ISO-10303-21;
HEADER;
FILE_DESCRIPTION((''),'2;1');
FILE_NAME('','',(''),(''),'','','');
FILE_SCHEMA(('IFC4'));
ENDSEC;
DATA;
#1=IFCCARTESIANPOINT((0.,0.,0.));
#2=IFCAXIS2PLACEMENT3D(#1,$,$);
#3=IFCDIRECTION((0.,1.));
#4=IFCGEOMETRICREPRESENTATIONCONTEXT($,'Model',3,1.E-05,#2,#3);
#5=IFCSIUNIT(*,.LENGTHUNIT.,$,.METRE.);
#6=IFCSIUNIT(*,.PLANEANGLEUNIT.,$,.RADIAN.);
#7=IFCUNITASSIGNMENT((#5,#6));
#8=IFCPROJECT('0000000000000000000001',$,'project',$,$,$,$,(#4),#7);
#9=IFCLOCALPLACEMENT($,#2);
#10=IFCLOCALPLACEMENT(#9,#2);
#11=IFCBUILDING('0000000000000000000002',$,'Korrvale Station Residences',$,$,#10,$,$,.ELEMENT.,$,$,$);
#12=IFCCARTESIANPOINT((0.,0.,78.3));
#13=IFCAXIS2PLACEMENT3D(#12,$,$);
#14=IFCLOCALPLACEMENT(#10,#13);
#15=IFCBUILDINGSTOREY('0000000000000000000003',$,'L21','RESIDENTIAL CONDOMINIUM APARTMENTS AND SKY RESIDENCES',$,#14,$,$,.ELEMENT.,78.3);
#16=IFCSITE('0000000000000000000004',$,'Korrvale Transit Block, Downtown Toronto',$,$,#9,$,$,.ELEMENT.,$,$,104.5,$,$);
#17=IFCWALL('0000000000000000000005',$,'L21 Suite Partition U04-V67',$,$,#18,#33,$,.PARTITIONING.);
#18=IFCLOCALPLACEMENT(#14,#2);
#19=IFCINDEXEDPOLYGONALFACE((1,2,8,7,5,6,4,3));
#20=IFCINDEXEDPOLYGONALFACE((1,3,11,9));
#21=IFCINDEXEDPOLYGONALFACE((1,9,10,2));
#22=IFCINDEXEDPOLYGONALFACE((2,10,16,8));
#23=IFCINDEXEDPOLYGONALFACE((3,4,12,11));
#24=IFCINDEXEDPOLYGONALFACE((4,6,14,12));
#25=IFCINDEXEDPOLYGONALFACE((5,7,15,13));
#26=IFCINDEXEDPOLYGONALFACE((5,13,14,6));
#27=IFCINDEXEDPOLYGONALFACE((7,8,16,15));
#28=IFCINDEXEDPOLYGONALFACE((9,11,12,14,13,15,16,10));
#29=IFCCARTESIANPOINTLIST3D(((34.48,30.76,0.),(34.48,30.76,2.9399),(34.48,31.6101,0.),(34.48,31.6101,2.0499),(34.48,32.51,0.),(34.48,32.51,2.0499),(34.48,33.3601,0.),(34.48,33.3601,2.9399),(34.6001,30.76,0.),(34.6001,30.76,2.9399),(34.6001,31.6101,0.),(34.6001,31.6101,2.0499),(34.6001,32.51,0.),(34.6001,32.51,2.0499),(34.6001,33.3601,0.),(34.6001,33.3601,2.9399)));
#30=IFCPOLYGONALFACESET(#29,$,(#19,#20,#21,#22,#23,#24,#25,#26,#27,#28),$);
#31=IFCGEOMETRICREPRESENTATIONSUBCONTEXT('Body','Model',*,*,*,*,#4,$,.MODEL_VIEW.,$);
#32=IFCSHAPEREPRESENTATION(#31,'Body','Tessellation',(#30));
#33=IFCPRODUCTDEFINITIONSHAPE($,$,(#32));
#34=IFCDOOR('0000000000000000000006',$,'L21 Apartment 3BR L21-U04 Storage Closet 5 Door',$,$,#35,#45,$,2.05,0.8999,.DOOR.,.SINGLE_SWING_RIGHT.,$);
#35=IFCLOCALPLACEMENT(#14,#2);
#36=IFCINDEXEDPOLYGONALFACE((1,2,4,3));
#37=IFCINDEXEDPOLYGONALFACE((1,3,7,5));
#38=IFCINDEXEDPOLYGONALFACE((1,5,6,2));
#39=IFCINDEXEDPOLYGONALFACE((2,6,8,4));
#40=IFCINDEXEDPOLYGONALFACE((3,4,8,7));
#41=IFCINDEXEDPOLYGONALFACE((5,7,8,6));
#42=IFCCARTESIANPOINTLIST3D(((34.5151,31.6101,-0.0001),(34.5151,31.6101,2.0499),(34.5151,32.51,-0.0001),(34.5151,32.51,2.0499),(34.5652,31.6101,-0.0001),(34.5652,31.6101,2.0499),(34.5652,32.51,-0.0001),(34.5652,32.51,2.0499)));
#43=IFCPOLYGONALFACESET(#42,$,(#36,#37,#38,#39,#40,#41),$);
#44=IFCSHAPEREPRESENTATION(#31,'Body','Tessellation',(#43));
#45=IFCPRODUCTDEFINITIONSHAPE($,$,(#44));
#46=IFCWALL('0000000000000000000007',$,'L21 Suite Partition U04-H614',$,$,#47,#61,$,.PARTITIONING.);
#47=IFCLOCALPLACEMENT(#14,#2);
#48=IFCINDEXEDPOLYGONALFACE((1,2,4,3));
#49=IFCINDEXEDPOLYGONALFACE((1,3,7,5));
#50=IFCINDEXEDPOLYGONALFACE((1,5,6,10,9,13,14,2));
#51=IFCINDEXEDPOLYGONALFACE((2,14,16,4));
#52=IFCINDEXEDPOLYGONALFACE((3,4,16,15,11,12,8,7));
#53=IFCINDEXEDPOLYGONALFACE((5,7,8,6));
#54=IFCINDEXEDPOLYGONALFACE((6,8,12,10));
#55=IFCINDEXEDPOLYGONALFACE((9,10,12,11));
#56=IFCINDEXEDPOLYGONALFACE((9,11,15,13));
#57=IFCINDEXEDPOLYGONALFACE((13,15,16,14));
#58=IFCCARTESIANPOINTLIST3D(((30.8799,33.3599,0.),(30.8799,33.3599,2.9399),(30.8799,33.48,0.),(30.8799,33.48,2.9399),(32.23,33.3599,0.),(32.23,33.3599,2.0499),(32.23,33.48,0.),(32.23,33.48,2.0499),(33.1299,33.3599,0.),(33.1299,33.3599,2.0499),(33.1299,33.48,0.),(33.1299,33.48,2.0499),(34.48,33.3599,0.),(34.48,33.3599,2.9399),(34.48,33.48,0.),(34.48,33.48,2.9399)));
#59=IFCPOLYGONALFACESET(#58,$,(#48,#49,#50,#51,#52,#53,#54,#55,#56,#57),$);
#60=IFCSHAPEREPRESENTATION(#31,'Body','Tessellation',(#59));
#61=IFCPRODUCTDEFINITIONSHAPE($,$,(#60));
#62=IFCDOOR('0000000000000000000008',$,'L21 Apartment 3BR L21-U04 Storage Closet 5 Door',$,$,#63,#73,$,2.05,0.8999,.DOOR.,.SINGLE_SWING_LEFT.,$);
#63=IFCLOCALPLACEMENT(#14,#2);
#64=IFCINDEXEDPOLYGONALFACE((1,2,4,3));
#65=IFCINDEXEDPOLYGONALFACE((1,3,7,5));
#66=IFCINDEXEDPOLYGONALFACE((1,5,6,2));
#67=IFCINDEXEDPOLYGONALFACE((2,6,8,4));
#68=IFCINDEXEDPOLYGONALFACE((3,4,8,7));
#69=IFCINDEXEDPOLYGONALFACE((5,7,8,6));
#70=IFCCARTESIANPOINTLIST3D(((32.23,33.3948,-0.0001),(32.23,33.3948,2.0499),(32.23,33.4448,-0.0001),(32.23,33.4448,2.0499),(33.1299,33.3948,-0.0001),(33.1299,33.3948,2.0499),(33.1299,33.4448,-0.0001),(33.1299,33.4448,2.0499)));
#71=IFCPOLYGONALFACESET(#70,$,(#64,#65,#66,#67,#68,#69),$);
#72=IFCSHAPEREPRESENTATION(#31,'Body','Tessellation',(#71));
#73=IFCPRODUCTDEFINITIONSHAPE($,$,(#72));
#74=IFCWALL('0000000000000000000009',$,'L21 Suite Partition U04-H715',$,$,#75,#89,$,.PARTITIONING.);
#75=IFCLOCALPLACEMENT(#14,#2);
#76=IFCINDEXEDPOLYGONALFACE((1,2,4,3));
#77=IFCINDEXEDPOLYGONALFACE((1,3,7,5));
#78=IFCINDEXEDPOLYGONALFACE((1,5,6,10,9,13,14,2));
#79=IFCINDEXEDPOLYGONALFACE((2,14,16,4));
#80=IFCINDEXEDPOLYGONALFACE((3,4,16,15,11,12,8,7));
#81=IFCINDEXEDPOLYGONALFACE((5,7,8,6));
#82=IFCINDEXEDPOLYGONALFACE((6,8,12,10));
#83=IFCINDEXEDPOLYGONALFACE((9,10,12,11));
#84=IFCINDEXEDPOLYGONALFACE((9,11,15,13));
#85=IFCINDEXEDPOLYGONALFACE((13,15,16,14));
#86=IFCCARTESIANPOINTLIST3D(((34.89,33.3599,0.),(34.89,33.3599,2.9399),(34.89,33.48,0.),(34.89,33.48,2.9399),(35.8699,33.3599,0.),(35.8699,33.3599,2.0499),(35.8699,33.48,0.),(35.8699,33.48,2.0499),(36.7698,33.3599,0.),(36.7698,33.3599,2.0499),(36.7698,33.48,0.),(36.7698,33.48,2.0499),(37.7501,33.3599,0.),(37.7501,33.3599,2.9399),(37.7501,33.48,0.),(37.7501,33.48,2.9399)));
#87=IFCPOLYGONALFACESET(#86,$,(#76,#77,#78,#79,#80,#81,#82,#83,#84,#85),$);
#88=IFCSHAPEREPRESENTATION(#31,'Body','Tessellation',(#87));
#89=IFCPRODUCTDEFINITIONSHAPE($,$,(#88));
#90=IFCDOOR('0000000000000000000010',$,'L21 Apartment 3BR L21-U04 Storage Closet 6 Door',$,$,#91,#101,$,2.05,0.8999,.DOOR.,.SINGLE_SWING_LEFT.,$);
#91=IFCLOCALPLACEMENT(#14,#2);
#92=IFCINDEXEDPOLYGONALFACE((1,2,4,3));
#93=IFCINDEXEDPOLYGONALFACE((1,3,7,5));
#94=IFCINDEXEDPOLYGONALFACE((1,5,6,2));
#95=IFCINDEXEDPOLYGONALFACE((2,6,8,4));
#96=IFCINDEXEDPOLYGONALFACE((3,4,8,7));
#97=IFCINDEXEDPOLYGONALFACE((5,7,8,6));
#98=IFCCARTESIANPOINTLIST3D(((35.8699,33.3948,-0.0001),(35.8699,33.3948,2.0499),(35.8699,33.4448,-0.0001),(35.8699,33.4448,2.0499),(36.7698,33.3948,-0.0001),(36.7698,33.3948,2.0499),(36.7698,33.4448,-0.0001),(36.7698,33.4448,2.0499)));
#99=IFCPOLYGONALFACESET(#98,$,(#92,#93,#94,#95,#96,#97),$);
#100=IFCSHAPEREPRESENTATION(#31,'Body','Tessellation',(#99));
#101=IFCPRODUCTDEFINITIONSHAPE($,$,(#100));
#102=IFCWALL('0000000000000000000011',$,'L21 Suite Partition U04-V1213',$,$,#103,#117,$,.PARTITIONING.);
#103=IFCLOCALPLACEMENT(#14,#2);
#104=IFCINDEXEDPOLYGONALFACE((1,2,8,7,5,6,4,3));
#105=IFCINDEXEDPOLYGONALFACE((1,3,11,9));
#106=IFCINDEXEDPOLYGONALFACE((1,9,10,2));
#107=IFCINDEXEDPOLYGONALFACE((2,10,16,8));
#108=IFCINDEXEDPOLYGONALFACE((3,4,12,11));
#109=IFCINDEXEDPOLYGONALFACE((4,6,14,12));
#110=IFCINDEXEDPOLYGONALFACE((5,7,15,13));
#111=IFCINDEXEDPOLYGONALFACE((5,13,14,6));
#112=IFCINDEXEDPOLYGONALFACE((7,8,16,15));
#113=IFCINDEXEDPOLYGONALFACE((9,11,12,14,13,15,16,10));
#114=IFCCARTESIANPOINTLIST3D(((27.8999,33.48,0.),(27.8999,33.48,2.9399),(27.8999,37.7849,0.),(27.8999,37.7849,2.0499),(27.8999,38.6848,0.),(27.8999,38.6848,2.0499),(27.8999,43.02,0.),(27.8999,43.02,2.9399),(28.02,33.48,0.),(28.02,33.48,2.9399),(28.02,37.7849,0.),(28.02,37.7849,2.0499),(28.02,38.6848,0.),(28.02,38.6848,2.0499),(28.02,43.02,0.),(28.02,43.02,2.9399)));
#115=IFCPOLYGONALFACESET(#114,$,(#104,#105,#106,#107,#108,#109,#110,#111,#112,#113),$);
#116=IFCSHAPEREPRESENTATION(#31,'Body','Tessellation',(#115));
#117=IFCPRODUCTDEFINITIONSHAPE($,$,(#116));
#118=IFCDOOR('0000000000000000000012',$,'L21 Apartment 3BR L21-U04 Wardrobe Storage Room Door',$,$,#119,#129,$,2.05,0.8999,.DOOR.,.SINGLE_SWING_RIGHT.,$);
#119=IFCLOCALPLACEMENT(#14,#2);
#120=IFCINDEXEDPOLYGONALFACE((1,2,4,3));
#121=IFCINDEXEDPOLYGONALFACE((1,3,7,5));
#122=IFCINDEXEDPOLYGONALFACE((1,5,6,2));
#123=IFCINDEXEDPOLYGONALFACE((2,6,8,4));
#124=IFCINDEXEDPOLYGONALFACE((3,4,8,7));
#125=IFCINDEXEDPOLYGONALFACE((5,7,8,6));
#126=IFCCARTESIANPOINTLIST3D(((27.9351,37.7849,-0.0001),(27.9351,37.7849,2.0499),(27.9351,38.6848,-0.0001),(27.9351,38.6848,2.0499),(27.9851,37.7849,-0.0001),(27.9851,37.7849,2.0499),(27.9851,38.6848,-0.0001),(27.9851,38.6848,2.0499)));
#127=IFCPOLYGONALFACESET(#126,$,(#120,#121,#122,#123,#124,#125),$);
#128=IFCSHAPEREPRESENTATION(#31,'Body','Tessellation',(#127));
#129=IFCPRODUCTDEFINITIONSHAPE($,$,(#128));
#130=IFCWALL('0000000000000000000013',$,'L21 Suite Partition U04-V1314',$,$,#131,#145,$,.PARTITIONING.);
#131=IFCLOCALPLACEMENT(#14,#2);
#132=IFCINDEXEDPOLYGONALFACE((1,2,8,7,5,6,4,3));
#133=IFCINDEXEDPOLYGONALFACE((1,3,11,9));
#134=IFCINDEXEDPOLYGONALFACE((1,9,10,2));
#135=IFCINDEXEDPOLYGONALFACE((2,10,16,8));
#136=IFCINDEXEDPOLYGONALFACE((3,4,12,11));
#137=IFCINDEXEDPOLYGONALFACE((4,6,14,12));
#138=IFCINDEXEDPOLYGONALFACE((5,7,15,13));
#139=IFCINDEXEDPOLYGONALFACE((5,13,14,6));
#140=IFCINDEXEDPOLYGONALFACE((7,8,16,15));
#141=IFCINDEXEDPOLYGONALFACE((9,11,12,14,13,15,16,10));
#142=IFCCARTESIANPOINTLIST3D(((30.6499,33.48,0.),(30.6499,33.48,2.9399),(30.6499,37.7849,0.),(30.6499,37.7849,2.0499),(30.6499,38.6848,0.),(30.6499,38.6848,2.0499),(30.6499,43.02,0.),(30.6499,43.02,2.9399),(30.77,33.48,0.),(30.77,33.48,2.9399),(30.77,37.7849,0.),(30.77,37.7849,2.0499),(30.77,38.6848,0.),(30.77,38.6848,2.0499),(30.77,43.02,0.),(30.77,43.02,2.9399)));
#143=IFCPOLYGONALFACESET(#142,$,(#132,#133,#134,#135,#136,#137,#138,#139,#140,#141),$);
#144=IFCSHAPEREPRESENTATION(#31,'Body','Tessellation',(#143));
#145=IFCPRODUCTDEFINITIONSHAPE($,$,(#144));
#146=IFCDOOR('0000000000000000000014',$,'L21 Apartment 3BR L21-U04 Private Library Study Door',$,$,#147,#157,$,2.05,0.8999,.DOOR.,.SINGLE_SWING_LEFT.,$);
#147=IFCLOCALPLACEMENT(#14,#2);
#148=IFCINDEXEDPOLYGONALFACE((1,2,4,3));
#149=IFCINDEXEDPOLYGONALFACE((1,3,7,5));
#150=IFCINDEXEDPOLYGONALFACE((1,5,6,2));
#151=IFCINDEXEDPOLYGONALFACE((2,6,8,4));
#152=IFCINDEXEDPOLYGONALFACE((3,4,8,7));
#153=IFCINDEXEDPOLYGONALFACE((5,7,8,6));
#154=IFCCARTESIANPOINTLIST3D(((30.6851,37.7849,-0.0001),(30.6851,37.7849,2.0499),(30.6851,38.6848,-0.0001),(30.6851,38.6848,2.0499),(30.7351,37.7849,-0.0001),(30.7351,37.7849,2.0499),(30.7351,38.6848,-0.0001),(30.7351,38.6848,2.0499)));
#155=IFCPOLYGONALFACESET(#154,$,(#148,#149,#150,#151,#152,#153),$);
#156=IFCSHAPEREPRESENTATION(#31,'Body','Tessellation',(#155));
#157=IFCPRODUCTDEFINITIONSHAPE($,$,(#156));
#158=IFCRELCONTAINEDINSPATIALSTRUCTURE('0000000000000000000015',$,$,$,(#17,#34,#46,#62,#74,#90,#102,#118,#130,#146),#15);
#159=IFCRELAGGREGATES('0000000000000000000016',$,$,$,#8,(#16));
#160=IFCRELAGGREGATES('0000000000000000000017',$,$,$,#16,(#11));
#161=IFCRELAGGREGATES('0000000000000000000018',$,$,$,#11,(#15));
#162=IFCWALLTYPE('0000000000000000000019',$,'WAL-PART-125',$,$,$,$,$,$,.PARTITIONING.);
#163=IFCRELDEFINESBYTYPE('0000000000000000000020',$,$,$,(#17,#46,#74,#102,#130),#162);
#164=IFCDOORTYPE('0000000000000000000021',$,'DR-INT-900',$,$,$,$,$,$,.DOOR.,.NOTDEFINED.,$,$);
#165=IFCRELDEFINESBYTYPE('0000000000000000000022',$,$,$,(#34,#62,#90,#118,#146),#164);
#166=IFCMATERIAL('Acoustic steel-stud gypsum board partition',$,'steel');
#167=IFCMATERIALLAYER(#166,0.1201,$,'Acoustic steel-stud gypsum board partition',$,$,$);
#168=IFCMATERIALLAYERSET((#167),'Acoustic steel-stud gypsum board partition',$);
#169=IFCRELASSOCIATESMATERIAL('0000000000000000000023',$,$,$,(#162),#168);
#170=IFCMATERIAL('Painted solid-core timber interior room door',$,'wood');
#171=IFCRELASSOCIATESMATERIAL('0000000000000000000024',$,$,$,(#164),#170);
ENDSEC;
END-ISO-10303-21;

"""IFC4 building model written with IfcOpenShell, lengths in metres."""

from ifc_helpers import new_model, si_unit, direction, frame, frame_2d, origin, place, context, subcontext, project, spatial, rectangle, extrude, material, layer, layer_set, type_object, element, fill, save


model = new_model("IFC4")

# Units and contexts
model_context = context("Model", 3, precision=1e-05, world=origin(), true_north=direction((0.0, 1.0)))
body_context = subcontext(model_context, "Body", "Model", "MODEL_VIEW")
ifc_project = project(units=[si_unit("LENGTHUNIT", "METRE"), si_unit("PLANEANGLEUNIT", "RADIAN")], contexts=[model_context])

# Site, building, storey
site_placement = place(None, origin())
site = spatial("IfcSite", under=ifc_project, at=site_placement, Name="Korrvale Transit Block, Downtown Toronto", CompositionType="ELEMENT", RefElevation=104.5)
building_placement = place(site_placement, origin())
building = spatial("IfcBuilding", under=site, at=building_placement, Name="Korrvale Station Residences", CompositionType="ELEMENT")
storey_placement = place(building_placement, frame((0.0, 0.0, 78.3)))
storey = spatial("IfcBuildingStorey", under=building, at=storey_placement, Name="L21", Description="RESIDENTIAL CONDOMINIUM APARTMENTS AND SKY RESIDENCES", CompositionType="ELEMENT", Elevation=78.3)

# Walls, openings, doors
ifc_material_1 = material(Name="Acoustic steel-stud gypsum board partition", Category="steel")
ifc_layer_1 = layer(ifc_material_1, 0.1201, Name="Acoustic steel-stud gypsum board partition")
ifc_layer_set_1 = layer_set([ifc_layer_1], Name="Acoustic steel-stud gypsum board partition")
wall_type_1 = type_object("IfcWallType", Name="WAL-PART-125", PredefinedType="PARTITIONING", material=ifc_layer_set_1)
ifc_material_2 = material(Name="Painted solid-core timber interior room door", Category="wood")
door_type_1 = type_object("IfcDoorType", Name="DR-INT-900", OperationType="NOTDEFINED", PredefinedType="DOOR", material=ifc_material_2)
wall_1_placement = place(storey_placement, frame((34.54, 30.76, 0.0), z_axis=(0.0, 0.0, 1.0), x_axis=(0.0, 1.0, 0.0)))
wall_1 = element("IfcWall", 1, at=wall_1_placement, inside=storey, type_object=wall_type_1, Name="L21 Suite Partition U04-V67", PredefinedType="PARTITIONING", context=body_context, shape_type="SweptSolid", body=[
    extrude(rectangle(XDim=2.6001, YDim=0.1201, at=frame_2d((1.3, 0.0))), origin(), (0.0, 0.0, 1.0), 2.9399),
])
opening_1_placement = place(wall_1_placement, frame((0.8501, 0.0, 0.0)))
opening_1 = element("IfcOpeningElement", 2, at=opening_1_placement, cuts=wall_1, PredefinedType="OPENING", context=body_context, shape_type="SweptSolid", body=[
    extrude(rectangle(XDim=0.8999, YDim=2.05, at=frame_2d((0.45, 1.0249))), frame((0.0, 0.0701, 0.0), z_axis=(0.0, -1.0, 0.0), x_axis=(1.0, 0.0, 0.0)), (0.0, 0.0, 1.0), 0.1401),
])
door_1_placement = place(opening_1_placement, origin())
door_1 = element("IfcDoor", 3, at=door_1_placement, inside=storey, type_object=door_type_1, Name="L21 Apartment 3BR L21-U04 Storage Closet 5 Door", OperationType="SINGLE_SWING_RIGHT", OverallHeight=2.05, OverallWidth=0.8999, PredefinedType="DOOR", context=body_context, shape_type="SweptSolid", body=[
    extrude(rectangle(XDim=0.8999, YDim=2.05, at=frame_2d((0.45, 1.0249))), frame((0.0, 0.0249, 0.0), z_axis=(0.0, -1.0, 0.0), x_axis=(1.0, 0.0, 0.0)), (0.0, 0.0, 1.0), 0.05),
])
fill(opening_1, door_1)
wall_2_placement = place(storey_placement, frame((30.8799, 33.4199, 0.0), z_axis=(0.0, 0.0, 1.0), x_axis=(1.0, 0.0, 0.0)))
wall_2 = element("IfcWall", 4, at=wall_2_placement, inside=storey, type_object=wall_type_1, Name="L21 Suite Partition U04-H614", PredefinedType="PARTITIONING", context=body_context, shape_type="SweptSolid", body=[
    extrude(rectangle(XDim=3.6001, YDim=0.1201, at=frame_2d((1.8, 0.0))), origin(), (0.0, 0.0, 1.0), 2.9399),
])
opening_2_placement = place(wall_2_placement, frame((1.3501, 0.0, 0.0)))
opening_2 = element("IfcOpeningElement", 5, at=opening_2_placement, cuts=wall_2, PredefinedType="OPENING", context=body_context, shape_type="SweptSolid", body=[
    extrude(rectangle(XDim=0.8999, YDim=2.05, at=frame_2d((0.45, 1.0249))), frame((0.0, 0.0701, 0.0), z_axis=(0.0, -1.0, 0.0), x_axis=(1.0, 0.0, 0.0)), (0.0, 0.0, 1.0), 0.1401),
])
door_2_placement = place(opening_2_placement, origin())
door_2 = element("IfcDoor", 6, at=door_2_placement, inside=storey, type_object=door_type_1, Name="L21 Apartment 3BR L21-U04 Storage Closet 5 Door", OperationType="SINGLE_SWING_LEFT", OverallHeight=2.05, OverallWidth=0.8999, PredefinedType="DOOR", context=body_context, shape_type="SweptSolid", body=[
    extrude(rectangle(XDim=0.8999, YDim=2.05, at=frame_2d((0.45, 1.0249))), frame((0.0, 0.0249, 0.0), z_axis=(0.0, -1.0, 0.0), x_axis=(1.0, 0.0, 0.0)), (0.0, 0.0, 1.0), 0.05),
])
fill(opening_2, door_2)
wall_3_placement = place(storey_placement, frame((34.8899, 33.4199, 0.0), z_axis=(0.0, 0.0, 1.0), x_axis=(1.0, 0.0, 0.0)))
wall_3 = element("IfcWall", 7, at=wall_3_placement, inside=storey, type_object=wall_type_1, Name="L21 Suite Partition U04-H715", PredefinedType="PARTITIONING", context=body_context, shape_type="SweptSolid", body=[
    extrude(rectangle(XDim=2.8601, YDim=0.1201, at=frame_2d((1.4302, 0.0))), origin(), (0.0, 0.0, 1.0), 2.9399),
])
opening_3_placement = place(wall_3_placement, frame((0.98, 0.0, 0.0)))
opening_3 = element("IfcOpeningElement", 8, at=opening_3_placement, cuts=wall_3, PredefinedType="OPENING", context=body_context, shape_type="SweptSolid", body=[
    extrude(rectangle(XDim=0.8999, YDim=2.05, at=frame_2d((0.45, 1.0249))), frame((0.0, 0.0701, 0.0), z_axis=(0.0, -1.0, 0.0), x_axis=(1.0, 0.0, 0.0)), (0.0, 0.0, 1.0), 0.1401),
])
door_3_placement = place(opening_3_placement, origin())
door_3 = element("IfcDoor", 9, at=door_3_placement, inside=storey, type_object=door_type_1, Name="L21 Apartment 3BR L21-U04 Storage Closet 6 Door", OperationType="SINGLE_SWING_LEFT", OverallHeight=2.05, OverallWidth=0.8999, PredefinedType="DOOR", context=body_context, shape_type="SweptSolid", body=[
    extrude(rectangle(XDim=0.8999, YDim=2.05, at=frame_2d((0.45, 1.0249))), frame((0.0, 0.0249, 0.0), z_axis=(0.0, -1.0, 0.0), x_axis=(1.0, 0.0, 0.0)), (0.0, 0.0, 1.0), 0.05),
])
fill(opening_3, door_3)
wall_4_placement = place(storey_placement, frame((27.96, 33.48, 0.0), z_axis=(0.0, 0.0, 1.0), x_axis=(0.0, 1.0, 0.0)))
wall_4 = element("IfcWall", 10, at=wall_4_placement, inside=storey, type_object=wall_type_1, Name="L21 Suite Partition U04-V1213", PredefinedType="PARTITIONING", context=body_context, shape_type="SweptSolid", body=[
    extrude(rectangle(XDim=9.54, YDim=0.1201, at=frame_2d((4.77, 0.0))), origin(), (0.0, 0.0, 1.0), 2.9399),
])
opening_4_placement = place(wall_4_placement, frame((4.3049, 0.0, 0.0)))
opening_4 = element("IfcOpeningElement", 11, at=opening_4_placement, cuts=wall_4, PredefinedType="OPENING", context=body_context, shape_type="SweptSolid", body=[
    extrude(rectangle(XDim=0.8999, YDim=2.05, at=frame_2d((0.45, 1.0249))), frame((0.0, 0.0701, 0.0), z_axis=(0.0, -1.0, 0.0), x_axis=(1.0, 0.0, 0.0)), (0.0, 0.0, 1.0), 0.1401),
])
door_4_placement = place(opening_4_placement, origin())
door_4 = element("IfcDoor", 12, at=door_4_placement, inside=storey, type_object=door_type_1, Name="L21 Apartment 3BR L21-U04 Wardrobe Storage Room Door", OperationType="SINGLE_SWING_RIGHT", OverallHeight=2.05, OverallWidth=0.8999, PredefinedType="DOOR", context=body_context, shape_type="SweptSolid", body=[
    extrude(rectangle(XDim=0.8999, YDim=2.05, at=frame_2d((0.45, 1.0249))), frame((0.0, 0.0249, 0.0), z_axis=(0.0, -1.0, 0.0), x_axis=(1.0, 0.0, 0.0)), (0.0, 0.0, 1.0), 0.05),
])
fill(opening_4, door_4)
wall_5_placement = place(storey_placement, frame((30.71, 33.48, 0.0), z_axis=(0.0, 0.0, 1.0), x_axis=(0.0, 1.0, 0.0)))
wall_5 = element("IfcWall", 13, at=wall_5_placement, inside=storey, type_object=wall_type_1, Name="L21 Suite Partition U04-V1314", PredefinedType="PARTITIONING", context=body_context, shape_type="SweptSolid", body=[
    extrude(rectangle(XDim=9.54, YDim=0.1201, at=frame_2d((4.77, 0.0))), origin(), (0.0, 0.0, 1.0), 2.9399),
])
opening_5_placement = place(wall_5_placement, frame((4.3049, 0.0, 0.0)))
opening_5 = element("IfcOpeningElement", 14, at=opening_5_placement, cuts=wall_5, PredefinedType="OPENING", context=body_context, shape_type="SweptSolid", body=[
    extrude(rectangle(XDim=0.8999, YDim=2.05, at=frame_2d((0.45, 1.0249))), frame((0.0, 0.0701, 0.0), z_axis=(0.0, -1.0, 0.0), x_axis=(1.0, 0.0, 0.0)), (0.0, 0.0, 1.0), 0.1401),
])
door_5_placement = place(opening_5_placement, origin())
door_5 = element("IfcDoor", 15, at=door_5_placement, inside=storey, type_object=door_type_1, Name="L21 Apartment 3BR L21-U04 Private Library Study Door", OperationType="SINGLE_SWING_LEFT", OverallHeight=2.05, OverallWidth=0.8999, PredefinedType="DOOR", context=body_context, shape_type="SweptSolid", body=[
    extrude(rectangle(XDim=0.8999, YDim=2.05, at=frame_2d((0.45, 1.0249))), frame((0.0, 0.0249, 0.0), z_axis=(0.0, -1.0, 0.0), x_axis=(1.0, 0.0, 0.0)), (0.0, 0.0, 1.0), 0.05),
])
fill(opening_5, door_5)

save(model, "model.ifc")
